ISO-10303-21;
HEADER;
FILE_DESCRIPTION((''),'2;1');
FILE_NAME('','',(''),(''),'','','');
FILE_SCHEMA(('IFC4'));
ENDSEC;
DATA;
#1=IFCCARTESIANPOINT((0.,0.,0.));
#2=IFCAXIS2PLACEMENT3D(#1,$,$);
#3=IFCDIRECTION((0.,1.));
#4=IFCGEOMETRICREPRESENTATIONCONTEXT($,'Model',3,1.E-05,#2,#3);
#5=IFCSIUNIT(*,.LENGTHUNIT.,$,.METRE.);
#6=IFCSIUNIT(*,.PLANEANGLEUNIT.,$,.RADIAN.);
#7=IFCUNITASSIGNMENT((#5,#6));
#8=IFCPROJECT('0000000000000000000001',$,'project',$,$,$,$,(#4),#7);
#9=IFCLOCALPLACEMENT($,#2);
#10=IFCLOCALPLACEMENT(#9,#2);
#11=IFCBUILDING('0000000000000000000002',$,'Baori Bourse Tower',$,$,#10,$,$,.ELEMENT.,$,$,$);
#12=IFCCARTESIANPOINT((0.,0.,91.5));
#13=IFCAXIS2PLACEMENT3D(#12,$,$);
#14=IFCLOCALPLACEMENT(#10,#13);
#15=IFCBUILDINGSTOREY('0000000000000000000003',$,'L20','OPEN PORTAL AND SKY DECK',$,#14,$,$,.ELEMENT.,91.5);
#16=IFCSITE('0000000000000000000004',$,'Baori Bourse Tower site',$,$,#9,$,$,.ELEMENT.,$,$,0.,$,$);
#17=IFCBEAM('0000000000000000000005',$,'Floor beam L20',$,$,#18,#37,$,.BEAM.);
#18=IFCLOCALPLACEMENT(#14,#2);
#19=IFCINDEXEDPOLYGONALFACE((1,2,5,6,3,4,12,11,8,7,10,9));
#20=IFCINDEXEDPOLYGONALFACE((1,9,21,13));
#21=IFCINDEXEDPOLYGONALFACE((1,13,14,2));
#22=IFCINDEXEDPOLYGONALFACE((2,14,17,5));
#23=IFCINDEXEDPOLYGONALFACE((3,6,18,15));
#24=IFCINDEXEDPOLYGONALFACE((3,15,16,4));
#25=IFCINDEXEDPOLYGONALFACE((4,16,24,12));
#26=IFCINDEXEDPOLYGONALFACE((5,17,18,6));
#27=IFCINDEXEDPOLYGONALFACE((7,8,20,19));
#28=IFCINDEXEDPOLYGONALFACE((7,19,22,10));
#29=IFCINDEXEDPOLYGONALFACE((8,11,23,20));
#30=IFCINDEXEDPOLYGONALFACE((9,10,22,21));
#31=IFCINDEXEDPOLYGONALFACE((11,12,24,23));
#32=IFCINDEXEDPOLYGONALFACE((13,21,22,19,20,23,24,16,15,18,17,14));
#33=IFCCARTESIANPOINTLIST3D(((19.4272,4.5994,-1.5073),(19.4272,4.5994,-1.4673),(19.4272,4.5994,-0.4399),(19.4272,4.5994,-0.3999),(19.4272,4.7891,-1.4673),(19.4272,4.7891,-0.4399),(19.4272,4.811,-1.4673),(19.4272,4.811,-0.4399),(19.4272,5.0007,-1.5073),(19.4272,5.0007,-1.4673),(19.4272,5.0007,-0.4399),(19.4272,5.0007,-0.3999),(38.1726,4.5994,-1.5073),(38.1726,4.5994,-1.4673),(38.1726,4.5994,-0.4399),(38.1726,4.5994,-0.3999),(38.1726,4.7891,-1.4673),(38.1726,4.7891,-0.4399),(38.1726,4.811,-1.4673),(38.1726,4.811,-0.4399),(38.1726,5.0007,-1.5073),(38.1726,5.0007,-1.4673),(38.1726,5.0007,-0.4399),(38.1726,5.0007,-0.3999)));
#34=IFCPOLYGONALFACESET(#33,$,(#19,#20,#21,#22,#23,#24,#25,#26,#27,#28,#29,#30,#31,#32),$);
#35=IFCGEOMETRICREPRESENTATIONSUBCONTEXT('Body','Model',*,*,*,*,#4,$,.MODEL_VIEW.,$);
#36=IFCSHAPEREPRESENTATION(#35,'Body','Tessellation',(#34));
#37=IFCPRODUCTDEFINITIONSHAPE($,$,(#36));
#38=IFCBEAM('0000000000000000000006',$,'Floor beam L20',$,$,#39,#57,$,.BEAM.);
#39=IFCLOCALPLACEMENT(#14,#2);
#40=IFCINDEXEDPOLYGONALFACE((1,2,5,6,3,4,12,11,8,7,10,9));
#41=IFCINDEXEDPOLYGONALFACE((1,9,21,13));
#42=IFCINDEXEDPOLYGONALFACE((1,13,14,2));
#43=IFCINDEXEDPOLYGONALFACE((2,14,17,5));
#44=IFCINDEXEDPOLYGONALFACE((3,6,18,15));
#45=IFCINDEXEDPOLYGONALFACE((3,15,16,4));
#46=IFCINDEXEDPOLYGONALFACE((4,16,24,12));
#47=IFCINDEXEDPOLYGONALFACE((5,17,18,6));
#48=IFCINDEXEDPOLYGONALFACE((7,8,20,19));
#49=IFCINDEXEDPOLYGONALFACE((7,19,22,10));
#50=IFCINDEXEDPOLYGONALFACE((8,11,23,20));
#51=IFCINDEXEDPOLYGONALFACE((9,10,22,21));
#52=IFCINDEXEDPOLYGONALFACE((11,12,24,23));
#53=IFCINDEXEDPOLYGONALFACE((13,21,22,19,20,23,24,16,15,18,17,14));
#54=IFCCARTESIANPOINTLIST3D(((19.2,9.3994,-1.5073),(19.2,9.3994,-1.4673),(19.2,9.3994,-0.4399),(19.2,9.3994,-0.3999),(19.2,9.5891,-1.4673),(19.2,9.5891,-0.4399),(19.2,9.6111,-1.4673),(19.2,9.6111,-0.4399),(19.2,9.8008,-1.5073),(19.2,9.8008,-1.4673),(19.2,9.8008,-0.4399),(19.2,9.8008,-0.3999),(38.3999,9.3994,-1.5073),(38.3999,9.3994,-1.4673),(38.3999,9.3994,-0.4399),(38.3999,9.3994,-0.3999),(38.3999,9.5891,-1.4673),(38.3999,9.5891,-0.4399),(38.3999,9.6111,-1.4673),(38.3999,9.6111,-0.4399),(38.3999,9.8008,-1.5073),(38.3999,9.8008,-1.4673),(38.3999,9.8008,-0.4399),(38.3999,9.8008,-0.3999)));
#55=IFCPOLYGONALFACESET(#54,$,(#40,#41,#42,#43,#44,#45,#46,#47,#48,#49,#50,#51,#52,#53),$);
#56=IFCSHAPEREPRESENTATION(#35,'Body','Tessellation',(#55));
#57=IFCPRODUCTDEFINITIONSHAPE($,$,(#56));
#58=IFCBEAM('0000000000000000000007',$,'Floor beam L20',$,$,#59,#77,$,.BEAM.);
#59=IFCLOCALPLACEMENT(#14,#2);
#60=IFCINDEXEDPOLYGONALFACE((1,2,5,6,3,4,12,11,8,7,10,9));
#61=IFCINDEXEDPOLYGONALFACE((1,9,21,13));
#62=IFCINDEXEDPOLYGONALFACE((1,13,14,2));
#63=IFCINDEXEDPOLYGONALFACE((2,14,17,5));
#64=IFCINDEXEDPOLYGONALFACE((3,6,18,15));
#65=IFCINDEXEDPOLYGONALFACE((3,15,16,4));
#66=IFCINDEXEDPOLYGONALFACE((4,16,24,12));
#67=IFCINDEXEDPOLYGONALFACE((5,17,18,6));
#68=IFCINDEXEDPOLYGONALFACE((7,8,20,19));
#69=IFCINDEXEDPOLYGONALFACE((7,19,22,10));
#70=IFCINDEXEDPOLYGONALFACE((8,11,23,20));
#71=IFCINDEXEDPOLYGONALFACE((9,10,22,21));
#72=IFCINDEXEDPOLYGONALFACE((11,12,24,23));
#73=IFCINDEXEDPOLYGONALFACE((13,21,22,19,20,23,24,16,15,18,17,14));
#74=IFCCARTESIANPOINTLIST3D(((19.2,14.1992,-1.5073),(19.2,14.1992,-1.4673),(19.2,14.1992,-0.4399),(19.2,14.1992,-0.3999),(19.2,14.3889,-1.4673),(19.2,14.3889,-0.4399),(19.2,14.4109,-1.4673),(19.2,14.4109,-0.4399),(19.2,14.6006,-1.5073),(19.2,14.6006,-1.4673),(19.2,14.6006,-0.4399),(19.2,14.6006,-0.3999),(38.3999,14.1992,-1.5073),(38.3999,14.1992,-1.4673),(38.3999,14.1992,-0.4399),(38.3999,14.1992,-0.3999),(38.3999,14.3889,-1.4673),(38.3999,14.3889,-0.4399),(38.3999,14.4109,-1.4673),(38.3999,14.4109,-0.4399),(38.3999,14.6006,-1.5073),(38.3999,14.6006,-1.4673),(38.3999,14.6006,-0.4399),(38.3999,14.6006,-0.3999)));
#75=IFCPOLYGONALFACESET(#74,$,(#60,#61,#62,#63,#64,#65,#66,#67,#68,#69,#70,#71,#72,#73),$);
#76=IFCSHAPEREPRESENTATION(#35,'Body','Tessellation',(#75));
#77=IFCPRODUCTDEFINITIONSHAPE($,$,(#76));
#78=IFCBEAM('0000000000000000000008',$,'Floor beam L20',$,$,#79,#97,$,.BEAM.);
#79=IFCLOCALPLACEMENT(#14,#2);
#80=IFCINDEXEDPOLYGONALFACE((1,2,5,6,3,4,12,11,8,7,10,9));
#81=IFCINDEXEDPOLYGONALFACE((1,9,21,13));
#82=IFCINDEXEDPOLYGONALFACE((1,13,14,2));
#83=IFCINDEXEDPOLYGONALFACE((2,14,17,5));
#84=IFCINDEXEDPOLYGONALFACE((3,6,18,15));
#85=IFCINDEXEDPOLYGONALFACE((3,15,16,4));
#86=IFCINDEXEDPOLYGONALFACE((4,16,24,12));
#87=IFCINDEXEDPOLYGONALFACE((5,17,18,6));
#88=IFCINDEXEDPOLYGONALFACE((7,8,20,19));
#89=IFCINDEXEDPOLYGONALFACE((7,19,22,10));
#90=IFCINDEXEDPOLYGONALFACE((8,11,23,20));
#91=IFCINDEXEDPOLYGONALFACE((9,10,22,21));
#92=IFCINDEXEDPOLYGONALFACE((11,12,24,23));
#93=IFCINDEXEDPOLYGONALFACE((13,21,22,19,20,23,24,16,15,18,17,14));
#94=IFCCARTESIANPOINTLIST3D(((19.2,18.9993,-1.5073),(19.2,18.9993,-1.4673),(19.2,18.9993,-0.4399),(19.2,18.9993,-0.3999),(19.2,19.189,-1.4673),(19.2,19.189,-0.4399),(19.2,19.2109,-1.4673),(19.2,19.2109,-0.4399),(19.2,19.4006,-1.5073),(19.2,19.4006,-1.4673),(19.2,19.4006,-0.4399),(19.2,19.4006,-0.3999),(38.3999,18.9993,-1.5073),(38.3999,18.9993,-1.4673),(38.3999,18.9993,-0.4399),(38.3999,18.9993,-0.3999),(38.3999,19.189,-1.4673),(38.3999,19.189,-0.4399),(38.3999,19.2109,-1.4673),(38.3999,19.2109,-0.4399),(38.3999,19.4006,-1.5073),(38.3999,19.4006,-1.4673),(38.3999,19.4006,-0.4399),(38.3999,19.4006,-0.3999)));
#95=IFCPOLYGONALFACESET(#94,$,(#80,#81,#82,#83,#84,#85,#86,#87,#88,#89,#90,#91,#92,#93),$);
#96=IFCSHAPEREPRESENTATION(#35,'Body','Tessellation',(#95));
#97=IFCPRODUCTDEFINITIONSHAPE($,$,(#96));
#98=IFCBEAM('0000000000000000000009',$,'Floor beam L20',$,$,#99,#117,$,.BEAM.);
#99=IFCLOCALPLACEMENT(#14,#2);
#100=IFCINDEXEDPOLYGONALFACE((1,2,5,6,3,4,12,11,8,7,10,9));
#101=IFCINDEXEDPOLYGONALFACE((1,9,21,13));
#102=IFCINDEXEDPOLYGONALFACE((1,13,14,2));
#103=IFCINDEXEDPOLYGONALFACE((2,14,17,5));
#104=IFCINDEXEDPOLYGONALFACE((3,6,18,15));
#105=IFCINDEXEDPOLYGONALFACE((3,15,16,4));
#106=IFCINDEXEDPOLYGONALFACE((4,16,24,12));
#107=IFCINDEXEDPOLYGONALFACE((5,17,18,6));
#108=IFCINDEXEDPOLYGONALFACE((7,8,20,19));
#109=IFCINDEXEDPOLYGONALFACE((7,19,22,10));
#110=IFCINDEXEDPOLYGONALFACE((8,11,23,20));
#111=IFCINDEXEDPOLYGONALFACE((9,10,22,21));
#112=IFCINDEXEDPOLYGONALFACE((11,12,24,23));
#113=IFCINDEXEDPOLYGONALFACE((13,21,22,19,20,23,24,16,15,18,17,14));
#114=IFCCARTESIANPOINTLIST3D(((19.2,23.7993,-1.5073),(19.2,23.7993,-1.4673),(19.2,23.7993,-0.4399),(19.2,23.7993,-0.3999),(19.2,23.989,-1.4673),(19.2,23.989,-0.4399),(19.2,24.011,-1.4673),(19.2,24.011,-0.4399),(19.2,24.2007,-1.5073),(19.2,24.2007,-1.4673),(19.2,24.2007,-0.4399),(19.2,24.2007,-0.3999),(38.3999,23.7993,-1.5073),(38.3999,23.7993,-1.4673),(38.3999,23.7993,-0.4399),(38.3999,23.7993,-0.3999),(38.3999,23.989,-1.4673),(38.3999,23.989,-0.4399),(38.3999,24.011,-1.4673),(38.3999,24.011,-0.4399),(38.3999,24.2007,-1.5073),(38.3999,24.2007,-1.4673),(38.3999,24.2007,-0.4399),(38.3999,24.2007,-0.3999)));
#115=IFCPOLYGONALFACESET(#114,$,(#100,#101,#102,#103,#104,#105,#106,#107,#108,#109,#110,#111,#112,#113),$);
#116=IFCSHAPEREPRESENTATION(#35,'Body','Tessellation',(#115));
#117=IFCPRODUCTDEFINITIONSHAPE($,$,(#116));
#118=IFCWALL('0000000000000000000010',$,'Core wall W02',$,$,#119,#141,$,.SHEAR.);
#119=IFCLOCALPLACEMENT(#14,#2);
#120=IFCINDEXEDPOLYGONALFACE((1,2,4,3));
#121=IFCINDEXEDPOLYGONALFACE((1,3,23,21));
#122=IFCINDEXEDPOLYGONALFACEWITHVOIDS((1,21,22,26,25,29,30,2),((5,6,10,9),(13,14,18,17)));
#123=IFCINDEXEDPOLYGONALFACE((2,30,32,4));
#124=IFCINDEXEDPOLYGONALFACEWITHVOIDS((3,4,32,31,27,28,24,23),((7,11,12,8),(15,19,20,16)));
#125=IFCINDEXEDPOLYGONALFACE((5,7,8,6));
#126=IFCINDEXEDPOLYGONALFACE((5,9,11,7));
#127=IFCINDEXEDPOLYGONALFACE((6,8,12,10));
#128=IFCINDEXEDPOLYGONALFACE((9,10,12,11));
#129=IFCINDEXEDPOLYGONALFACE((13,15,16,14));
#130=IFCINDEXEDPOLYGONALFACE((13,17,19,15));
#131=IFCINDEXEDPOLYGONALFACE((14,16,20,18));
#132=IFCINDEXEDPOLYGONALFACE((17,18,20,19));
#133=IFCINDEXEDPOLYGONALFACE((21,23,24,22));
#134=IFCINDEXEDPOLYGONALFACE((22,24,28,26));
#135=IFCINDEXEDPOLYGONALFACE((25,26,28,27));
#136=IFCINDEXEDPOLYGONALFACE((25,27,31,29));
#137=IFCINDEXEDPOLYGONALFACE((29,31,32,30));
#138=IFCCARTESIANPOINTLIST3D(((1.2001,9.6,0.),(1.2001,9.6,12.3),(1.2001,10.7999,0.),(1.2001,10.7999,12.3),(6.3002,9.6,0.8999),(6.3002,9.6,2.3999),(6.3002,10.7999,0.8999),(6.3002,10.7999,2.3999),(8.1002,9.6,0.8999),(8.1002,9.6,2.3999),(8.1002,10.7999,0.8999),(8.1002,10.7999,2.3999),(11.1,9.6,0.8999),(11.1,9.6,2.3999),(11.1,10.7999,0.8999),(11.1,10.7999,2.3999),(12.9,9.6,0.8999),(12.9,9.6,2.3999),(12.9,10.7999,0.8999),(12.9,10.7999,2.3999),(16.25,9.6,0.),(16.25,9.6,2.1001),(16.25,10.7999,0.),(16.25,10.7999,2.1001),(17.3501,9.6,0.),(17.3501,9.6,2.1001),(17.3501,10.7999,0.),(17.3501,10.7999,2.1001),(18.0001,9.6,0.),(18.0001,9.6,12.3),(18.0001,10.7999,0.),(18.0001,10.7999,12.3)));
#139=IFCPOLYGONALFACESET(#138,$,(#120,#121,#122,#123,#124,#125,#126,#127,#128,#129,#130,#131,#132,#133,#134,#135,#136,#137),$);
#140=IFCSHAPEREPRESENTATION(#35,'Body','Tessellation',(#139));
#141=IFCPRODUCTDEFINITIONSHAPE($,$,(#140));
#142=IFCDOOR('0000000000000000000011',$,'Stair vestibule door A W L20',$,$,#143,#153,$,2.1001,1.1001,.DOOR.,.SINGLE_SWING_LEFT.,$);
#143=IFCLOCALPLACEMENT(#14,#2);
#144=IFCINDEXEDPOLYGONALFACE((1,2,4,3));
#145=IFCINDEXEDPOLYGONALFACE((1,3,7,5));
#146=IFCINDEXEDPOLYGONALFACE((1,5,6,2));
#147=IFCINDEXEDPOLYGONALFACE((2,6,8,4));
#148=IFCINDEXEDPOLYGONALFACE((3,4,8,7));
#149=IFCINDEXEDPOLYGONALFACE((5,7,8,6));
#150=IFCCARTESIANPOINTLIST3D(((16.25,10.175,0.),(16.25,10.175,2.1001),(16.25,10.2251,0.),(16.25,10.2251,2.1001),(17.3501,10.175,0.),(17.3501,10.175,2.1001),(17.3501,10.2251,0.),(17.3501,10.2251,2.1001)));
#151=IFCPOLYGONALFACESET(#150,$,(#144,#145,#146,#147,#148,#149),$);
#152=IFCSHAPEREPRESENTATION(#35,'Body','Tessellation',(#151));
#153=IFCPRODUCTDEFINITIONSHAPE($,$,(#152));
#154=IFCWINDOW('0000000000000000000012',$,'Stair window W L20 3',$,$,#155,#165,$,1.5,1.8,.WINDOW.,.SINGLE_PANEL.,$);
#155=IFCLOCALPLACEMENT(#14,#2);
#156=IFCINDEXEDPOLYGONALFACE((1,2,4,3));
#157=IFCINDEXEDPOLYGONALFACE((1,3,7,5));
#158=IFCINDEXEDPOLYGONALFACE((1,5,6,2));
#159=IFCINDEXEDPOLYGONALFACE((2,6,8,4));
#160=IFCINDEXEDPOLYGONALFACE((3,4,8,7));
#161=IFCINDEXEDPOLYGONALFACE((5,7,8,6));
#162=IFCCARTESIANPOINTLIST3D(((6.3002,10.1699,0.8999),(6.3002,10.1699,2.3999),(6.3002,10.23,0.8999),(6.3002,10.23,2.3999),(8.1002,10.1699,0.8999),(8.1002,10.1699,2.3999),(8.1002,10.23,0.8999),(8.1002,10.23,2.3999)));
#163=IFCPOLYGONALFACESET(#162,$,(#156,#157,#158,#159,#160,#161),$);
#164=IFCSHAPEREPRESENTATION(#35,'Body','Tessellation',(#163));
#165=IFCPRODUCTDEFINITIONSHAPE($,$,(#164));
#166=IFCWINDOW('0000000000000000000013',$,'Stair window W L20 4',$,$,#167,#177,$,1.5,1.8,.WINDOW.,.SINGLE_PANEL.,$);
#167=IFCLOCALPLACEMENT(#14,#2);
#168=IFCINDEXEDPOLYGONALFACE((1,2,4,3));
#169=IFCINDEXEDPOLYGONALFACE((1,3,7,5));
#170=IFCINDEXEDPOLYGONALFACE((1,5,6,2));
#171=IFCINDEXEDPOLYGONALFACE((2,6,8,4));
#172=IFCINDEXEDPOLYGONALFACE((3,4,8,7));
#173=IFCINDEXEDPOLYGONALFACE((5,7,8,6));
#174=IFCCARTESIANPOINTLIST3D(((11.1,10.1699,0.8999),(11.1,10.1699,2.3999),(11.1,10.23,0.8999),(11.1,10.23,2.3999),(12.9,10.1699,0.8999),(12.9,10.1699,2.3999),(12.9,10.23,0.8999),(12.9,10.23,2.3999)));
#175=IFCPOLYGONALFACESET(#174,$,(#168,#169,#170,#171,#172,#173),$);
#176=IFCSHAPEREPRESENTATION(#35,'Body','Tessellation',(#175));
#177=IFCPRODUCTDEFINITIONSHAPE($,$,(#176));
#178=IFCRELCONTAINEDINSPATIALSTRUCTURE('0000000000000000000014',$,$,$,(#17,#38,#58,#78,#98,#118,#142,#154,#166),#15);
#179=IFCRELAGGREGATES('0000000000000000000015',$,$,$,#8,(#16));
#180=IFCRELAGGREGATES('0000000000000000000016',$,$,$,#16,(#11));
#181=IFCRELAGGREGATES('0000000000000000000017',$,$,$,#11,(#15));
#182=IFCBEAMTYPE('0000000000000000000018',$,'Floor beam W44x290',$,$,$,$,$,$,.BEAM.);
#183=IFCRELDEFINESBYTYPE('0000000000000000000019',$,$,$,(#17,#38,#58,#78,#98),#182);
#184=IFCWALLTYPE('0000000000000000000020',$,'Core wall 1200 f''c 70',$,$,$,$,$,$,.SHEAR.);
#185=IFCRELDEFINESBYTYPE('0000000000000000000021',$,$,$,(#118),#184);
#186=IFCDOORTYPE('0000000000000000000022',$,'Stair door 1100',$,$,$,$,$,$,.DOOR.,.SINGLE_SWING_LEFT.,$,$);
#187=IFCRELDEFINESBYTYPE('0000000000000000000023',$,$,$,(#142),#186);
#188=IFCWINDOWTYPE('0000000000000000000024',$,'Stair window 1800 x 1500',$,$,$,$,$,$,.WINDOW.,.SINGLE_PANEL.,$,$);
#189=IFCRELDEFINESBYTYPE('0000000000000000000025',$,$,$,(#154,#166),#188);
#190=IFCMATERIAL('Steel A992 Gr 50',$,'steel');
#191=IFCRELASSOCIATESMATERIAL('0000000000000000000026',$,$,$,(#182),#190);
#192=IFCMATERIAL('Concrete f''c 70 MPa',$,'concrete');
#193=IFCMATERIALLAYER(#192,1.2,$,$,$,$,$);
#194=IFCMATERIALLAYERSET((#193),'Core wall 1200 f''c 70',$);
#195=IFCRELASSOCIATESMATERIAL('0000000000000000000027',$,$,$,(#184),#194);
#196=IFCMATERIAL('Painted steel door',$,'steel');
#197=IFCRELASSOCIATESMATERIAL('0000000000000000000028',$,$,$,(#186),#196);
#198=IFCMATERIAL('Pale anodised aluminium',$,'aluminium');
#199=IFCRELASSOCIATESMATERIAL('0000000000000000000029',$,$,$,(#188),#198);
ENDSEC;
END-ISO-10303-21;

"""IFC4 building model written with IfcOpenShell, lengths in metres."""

from ifc_helpers import new_model, si_unit, direction, frame, frame_2d, origin, origin_2d, place, context, subcontext, project, spatial, rectangle, i_section, extrude, material, layer, layer_set, material_profile, profile_set, type_object, element, fill, save


model = new_model("IFC4")

# Units and contexts
model_context = context("Model", 3, precision=1e-05, world=origin(), true_north=direction((0.0, 1.0)))
body_context = subcontext(model_context, "Body", "Model", "MODEL_VIEW")
ifc_project = project(units=[si_unit("LENGTHUNIT", "METRE"), si_unit("PLANEANGLEUNIT", "RADIAN")], contexts=[model_context])

# Site, building, storey
site_placement = place(None, origin())
site = spatial("IfcSite", under=ifc_project, at=site_placement, Name="Baori Bourse Tower site", CompositionType="ELEMENT", RefElevation=0.0)
building_placement = place(site_placement, origin())
building = spatial("IfcBuilding", under=site, at=building_placement, Name="Baori Bourse Tower", CompositionType="ELEMENT")
storey_placement = place(building_placement, frame((0.0, 0.0, 91.5)))
storey = spatial("IfcBuildingStorey", under=building, at=storey_placement, Name="L20", Description="OPEN PORTAL AND SKY DECK", CompositionType="ELEMENT", Elevation=91.5)

# Beams
ifc_material_1 = material(Name="Steel A992 Gr 50", Category="steel")
ifc_material_profile = material_profile(ifc_material_1, i_section(OverallWidth=0.4014, OverallDepth=1.1074, WebThickness=0.022, FlangeThickness=0.04, at=origin_2d()), Name="W44x290")
ifc_profile_set = profile_set([ifc_material_profile], Name="Steel A992 Gr 50")
beam_type = type_object("IfcBeamType", Name="Floor beam W44x290", PredefinedType="BEAM", material=ifc_profile_set)
beam_placement = place(storey_placement, frame((19.4272, 4.8, -0.9536), z_axis=(1.0, 0.0, 0.0), x_axis=(0.0, 1.0, 0.0)))
element("IfcBeam", 1, at=beam_placement, inside=storey, type_object=beam_type, Name="Floor beam L20", PredefinedType="BEAM", context=body_context, shape_type="SweptSolid", body=[
    extrude(i_section(OverallWidth=0.4014, OverallDepth=1.1074, WebThickness=0.022, FlangeThickness=0.04, at=origin_2d()), origin(), (0.0, 0.0, 1.0), 18.7454),
])
for number, where, z_axis, x_axis, name in (
    (2, (19.2, 9.6001, -0.9536), (1.0, 0.0, 0.0), (0.0, 1.0, 0.0), "Floor beam L20"),
    (3, (19.2, 14.3999, -0.9536), (1.0, 0.0, 0.0), (0.0, 1.0, 0.0), "Floor beam L20"),
    (4, (19.2, 19.2, -0.9536), (1.0, 0.0, 0.0), (0.0, 1.0, 0.0), "Floor beam L20"),
    (5, (19.2, 24.0, -0.9536), (1.0, 0.0, 0.0), (0.0, 1.0, 0.0), "Floor beam L20"),
):
    element("IfcBeam", number, at=place(storey_placement, frame(where, z_axis=z_axis, x_axis=x_axis)), inside=storey, type_object=beam_type, Name=name, PredefinedType="BEAM", context=body_context, shape_type="SweptSolid", body=[
        extrude(i_section(OverallWidth=0.4014, OverallDepth=1.1074, WebThickness=0.022, FlangeThickness=0.04, at=origin_2d()), origin(), (0.0, 0.0, 1.0), 19.2),
    ])

# Wall, openings, door, windows
ifc_material_2 = material(Name="Concrete f'c 70 MPa", Category="concrete")
ifc_layer_1 = layer(ifc_material_2, 1.2)
ifc_layer_set_1 = layer_set([ifc_layer_1], Name="Core wall 1200 f'c 70")
wall_type_1 = type_object("IfcWallType", Name="Core wall 1200 f'c 70", PredefinedType="SHEAR", material=ifc_layer_set_1)
wall_1_placement = place(storey_placement, frame((18.0, 10.2, 0.0), z_axis=(0.0, 0.0, 1.0), x_axis=(-1.0, 0.0, 0.0)))
wall_1 = element("IfcWall", 6, at=wall_1_placement, inside=storey, type_object=wall_type_1, Name="Core wall W02", PredefinedType="SHEAR", context=body_context, shape_type="SweptSolid", body=[
    extrude(rectangle(XDim=16.8, YDim=1.2, at=frame_2d((8.3999, 0.0))), origin(), (0.0, 0.0, 1.0), 12.3),
])
opening_1_placement = place(wall_1_placement, frame((0.6499, 0.0, 0.0)))
opening_1 = element("IfcOpeningElement", 7, at=opening_1_placement, cuts=wall_1, PredefinedType="OPENING", context=body_context, shape_type="SweptSolid", body=[
    extrude(rectangle(XDim=1.1001, YDim=2.1001, at=frame_2d((0.55, 1.05))), frame((0.0, 0.6099, 0.0), z_axis=(0.0, -1.0, 0.0), x_axis=(1.0, 0.0, 0.0)), (0.0, 0.0, 1.0), 1.22),
])
opening_2_placement = place(wall_1_placement, frame((9.8999, 0.0, 0.8999)))
opening_2 = element("IfcOpeningElement", 8, at=opening_2_placement, cuts=wall_1, PredefinedType="OPENING", context=body_context, shape_type="SweptSolid", body=[
    extrude(rectangle(XDim=1.8, YDim=1.5, at=frame_2d((0.8999, 0.75))), frame((0.0, 0.6099, 0.0), z_axis=(0.0, -1.0, 0.0), x_axis=(1.0, 0.0, 0.0)), (0.0, 0.0, 1.0), 1.22),
])
opening_3_placement = place(wall_1_placement, frame((5.1001, 0.0, 0.8999)))
opening_3 = element("IfcOpeningElement", 9, at=opening_3_placement, cuts=wall_1, PredefinedType="OPENING", context=body_context, shape_type="SweptSolid", body=[
    extrude(rectangle(XDim=1.8, YDim=1.5, at=frame_2d((0.8999, 0.75))), frame((0.0, 0.6099, 0.0), z_axis=(0.0, -1.0, 0.0), x_axis=(1.0, 0.0, 0.0)), (0.0, 0.0, 1.0), 1.22),
])
ifc_material_3 = material(Name="Painted steel door", Category="steel")
door_type_1 = type_object("IfcDoorType", Name="Stair door 1100", OperationType="SINGLE_SWING_LEFT", PredefinedType="DOOR", material=ifc_material_3)
door_1_placement = place(opening_1_placement, origin())
door_1 = element("IfcDoor", 10, at=door_1_placement, inside=storey, type_object=door_type_1, Name="Stair vestibule door A W L20", OperationType="SINGLE_SWING_LEFT", OverallHeight=2.1001, OverallWidth=1.1001, PredefinedType="DOOR", context=body_context, shape_type="SweptSolid", body=[
    extrude(rectangle(XDim=1.1001, YDim=2.1001, at=frame_2d((0.55, 1.05))), frame((0.0, 0.0249, 0.0), z_axis=(0.0, -1.0, 0.0), x_axis=(1.0, 0.0, 0.0)), (0.0, 0.0, 1.0), 0.05),
])
fill(opening_1, door_1)
ifc_material_4 = material(Name="Pale anodised aluminium", Category="aluminium")
window_type = type_object("IfcWindowType", Name="Stair window 1800 x 1500", PartitioningType="SINGLE_PANEL", PredefinedType="WINDOW", material=ifc_material_4)
window_1_placement = place(opening_2_placement, origin())
window_1 = element("IfcWindow", 11, at=window_1_placement, inside=storey, type_object=window_type, Name="Stair window W L20 3", OverallHeight=1.5, OverallWidth=1.8, PartitioningType="SINGLE_PANEL", PredefinedType="WINDOW", context=body_context, shape_type="SweptSolid", body=[
    extrude(rectangle(XDim=1.8, YDim=1.5, at=frame_2d((0.8999, 0.75))), frame((0.0, 0.03, 0.0), z_axis=(0.0, -1.0, 0.0), x_axis=(1.0, 0.0, 0.0)), (0.0, 0.0, 1.0), 0.0601),
])
fill(opening_2, window_1)
window_2_placement = place(opening_3_placement, origin())
window_2 = element("IfcWindow", 12, at=window_2_placement, inside=storey, type_object=window_type, Name="Stair window W L20 4", OverallHeight=1.5, OverallWidth=1.8, PartitioningType="SINGLE_PANEL", PredefinedType="WINDOW", context=body_context, shape_type="SweptSolid", body=[
    extrude(rectangle(XDim=1.8, YDim=1.5, at=frame_2d((0.8999, 0.75))), frame((0.0, 0.03, 0.0), z_axis=(0.0, -1.0, 0.0), x_axis=(1.0, 0.0, 0.0)), (0.0, 0.0, 1.0), 0.0601),
])
fill(opening_3, window_2)

save(model, "model.ifc")
